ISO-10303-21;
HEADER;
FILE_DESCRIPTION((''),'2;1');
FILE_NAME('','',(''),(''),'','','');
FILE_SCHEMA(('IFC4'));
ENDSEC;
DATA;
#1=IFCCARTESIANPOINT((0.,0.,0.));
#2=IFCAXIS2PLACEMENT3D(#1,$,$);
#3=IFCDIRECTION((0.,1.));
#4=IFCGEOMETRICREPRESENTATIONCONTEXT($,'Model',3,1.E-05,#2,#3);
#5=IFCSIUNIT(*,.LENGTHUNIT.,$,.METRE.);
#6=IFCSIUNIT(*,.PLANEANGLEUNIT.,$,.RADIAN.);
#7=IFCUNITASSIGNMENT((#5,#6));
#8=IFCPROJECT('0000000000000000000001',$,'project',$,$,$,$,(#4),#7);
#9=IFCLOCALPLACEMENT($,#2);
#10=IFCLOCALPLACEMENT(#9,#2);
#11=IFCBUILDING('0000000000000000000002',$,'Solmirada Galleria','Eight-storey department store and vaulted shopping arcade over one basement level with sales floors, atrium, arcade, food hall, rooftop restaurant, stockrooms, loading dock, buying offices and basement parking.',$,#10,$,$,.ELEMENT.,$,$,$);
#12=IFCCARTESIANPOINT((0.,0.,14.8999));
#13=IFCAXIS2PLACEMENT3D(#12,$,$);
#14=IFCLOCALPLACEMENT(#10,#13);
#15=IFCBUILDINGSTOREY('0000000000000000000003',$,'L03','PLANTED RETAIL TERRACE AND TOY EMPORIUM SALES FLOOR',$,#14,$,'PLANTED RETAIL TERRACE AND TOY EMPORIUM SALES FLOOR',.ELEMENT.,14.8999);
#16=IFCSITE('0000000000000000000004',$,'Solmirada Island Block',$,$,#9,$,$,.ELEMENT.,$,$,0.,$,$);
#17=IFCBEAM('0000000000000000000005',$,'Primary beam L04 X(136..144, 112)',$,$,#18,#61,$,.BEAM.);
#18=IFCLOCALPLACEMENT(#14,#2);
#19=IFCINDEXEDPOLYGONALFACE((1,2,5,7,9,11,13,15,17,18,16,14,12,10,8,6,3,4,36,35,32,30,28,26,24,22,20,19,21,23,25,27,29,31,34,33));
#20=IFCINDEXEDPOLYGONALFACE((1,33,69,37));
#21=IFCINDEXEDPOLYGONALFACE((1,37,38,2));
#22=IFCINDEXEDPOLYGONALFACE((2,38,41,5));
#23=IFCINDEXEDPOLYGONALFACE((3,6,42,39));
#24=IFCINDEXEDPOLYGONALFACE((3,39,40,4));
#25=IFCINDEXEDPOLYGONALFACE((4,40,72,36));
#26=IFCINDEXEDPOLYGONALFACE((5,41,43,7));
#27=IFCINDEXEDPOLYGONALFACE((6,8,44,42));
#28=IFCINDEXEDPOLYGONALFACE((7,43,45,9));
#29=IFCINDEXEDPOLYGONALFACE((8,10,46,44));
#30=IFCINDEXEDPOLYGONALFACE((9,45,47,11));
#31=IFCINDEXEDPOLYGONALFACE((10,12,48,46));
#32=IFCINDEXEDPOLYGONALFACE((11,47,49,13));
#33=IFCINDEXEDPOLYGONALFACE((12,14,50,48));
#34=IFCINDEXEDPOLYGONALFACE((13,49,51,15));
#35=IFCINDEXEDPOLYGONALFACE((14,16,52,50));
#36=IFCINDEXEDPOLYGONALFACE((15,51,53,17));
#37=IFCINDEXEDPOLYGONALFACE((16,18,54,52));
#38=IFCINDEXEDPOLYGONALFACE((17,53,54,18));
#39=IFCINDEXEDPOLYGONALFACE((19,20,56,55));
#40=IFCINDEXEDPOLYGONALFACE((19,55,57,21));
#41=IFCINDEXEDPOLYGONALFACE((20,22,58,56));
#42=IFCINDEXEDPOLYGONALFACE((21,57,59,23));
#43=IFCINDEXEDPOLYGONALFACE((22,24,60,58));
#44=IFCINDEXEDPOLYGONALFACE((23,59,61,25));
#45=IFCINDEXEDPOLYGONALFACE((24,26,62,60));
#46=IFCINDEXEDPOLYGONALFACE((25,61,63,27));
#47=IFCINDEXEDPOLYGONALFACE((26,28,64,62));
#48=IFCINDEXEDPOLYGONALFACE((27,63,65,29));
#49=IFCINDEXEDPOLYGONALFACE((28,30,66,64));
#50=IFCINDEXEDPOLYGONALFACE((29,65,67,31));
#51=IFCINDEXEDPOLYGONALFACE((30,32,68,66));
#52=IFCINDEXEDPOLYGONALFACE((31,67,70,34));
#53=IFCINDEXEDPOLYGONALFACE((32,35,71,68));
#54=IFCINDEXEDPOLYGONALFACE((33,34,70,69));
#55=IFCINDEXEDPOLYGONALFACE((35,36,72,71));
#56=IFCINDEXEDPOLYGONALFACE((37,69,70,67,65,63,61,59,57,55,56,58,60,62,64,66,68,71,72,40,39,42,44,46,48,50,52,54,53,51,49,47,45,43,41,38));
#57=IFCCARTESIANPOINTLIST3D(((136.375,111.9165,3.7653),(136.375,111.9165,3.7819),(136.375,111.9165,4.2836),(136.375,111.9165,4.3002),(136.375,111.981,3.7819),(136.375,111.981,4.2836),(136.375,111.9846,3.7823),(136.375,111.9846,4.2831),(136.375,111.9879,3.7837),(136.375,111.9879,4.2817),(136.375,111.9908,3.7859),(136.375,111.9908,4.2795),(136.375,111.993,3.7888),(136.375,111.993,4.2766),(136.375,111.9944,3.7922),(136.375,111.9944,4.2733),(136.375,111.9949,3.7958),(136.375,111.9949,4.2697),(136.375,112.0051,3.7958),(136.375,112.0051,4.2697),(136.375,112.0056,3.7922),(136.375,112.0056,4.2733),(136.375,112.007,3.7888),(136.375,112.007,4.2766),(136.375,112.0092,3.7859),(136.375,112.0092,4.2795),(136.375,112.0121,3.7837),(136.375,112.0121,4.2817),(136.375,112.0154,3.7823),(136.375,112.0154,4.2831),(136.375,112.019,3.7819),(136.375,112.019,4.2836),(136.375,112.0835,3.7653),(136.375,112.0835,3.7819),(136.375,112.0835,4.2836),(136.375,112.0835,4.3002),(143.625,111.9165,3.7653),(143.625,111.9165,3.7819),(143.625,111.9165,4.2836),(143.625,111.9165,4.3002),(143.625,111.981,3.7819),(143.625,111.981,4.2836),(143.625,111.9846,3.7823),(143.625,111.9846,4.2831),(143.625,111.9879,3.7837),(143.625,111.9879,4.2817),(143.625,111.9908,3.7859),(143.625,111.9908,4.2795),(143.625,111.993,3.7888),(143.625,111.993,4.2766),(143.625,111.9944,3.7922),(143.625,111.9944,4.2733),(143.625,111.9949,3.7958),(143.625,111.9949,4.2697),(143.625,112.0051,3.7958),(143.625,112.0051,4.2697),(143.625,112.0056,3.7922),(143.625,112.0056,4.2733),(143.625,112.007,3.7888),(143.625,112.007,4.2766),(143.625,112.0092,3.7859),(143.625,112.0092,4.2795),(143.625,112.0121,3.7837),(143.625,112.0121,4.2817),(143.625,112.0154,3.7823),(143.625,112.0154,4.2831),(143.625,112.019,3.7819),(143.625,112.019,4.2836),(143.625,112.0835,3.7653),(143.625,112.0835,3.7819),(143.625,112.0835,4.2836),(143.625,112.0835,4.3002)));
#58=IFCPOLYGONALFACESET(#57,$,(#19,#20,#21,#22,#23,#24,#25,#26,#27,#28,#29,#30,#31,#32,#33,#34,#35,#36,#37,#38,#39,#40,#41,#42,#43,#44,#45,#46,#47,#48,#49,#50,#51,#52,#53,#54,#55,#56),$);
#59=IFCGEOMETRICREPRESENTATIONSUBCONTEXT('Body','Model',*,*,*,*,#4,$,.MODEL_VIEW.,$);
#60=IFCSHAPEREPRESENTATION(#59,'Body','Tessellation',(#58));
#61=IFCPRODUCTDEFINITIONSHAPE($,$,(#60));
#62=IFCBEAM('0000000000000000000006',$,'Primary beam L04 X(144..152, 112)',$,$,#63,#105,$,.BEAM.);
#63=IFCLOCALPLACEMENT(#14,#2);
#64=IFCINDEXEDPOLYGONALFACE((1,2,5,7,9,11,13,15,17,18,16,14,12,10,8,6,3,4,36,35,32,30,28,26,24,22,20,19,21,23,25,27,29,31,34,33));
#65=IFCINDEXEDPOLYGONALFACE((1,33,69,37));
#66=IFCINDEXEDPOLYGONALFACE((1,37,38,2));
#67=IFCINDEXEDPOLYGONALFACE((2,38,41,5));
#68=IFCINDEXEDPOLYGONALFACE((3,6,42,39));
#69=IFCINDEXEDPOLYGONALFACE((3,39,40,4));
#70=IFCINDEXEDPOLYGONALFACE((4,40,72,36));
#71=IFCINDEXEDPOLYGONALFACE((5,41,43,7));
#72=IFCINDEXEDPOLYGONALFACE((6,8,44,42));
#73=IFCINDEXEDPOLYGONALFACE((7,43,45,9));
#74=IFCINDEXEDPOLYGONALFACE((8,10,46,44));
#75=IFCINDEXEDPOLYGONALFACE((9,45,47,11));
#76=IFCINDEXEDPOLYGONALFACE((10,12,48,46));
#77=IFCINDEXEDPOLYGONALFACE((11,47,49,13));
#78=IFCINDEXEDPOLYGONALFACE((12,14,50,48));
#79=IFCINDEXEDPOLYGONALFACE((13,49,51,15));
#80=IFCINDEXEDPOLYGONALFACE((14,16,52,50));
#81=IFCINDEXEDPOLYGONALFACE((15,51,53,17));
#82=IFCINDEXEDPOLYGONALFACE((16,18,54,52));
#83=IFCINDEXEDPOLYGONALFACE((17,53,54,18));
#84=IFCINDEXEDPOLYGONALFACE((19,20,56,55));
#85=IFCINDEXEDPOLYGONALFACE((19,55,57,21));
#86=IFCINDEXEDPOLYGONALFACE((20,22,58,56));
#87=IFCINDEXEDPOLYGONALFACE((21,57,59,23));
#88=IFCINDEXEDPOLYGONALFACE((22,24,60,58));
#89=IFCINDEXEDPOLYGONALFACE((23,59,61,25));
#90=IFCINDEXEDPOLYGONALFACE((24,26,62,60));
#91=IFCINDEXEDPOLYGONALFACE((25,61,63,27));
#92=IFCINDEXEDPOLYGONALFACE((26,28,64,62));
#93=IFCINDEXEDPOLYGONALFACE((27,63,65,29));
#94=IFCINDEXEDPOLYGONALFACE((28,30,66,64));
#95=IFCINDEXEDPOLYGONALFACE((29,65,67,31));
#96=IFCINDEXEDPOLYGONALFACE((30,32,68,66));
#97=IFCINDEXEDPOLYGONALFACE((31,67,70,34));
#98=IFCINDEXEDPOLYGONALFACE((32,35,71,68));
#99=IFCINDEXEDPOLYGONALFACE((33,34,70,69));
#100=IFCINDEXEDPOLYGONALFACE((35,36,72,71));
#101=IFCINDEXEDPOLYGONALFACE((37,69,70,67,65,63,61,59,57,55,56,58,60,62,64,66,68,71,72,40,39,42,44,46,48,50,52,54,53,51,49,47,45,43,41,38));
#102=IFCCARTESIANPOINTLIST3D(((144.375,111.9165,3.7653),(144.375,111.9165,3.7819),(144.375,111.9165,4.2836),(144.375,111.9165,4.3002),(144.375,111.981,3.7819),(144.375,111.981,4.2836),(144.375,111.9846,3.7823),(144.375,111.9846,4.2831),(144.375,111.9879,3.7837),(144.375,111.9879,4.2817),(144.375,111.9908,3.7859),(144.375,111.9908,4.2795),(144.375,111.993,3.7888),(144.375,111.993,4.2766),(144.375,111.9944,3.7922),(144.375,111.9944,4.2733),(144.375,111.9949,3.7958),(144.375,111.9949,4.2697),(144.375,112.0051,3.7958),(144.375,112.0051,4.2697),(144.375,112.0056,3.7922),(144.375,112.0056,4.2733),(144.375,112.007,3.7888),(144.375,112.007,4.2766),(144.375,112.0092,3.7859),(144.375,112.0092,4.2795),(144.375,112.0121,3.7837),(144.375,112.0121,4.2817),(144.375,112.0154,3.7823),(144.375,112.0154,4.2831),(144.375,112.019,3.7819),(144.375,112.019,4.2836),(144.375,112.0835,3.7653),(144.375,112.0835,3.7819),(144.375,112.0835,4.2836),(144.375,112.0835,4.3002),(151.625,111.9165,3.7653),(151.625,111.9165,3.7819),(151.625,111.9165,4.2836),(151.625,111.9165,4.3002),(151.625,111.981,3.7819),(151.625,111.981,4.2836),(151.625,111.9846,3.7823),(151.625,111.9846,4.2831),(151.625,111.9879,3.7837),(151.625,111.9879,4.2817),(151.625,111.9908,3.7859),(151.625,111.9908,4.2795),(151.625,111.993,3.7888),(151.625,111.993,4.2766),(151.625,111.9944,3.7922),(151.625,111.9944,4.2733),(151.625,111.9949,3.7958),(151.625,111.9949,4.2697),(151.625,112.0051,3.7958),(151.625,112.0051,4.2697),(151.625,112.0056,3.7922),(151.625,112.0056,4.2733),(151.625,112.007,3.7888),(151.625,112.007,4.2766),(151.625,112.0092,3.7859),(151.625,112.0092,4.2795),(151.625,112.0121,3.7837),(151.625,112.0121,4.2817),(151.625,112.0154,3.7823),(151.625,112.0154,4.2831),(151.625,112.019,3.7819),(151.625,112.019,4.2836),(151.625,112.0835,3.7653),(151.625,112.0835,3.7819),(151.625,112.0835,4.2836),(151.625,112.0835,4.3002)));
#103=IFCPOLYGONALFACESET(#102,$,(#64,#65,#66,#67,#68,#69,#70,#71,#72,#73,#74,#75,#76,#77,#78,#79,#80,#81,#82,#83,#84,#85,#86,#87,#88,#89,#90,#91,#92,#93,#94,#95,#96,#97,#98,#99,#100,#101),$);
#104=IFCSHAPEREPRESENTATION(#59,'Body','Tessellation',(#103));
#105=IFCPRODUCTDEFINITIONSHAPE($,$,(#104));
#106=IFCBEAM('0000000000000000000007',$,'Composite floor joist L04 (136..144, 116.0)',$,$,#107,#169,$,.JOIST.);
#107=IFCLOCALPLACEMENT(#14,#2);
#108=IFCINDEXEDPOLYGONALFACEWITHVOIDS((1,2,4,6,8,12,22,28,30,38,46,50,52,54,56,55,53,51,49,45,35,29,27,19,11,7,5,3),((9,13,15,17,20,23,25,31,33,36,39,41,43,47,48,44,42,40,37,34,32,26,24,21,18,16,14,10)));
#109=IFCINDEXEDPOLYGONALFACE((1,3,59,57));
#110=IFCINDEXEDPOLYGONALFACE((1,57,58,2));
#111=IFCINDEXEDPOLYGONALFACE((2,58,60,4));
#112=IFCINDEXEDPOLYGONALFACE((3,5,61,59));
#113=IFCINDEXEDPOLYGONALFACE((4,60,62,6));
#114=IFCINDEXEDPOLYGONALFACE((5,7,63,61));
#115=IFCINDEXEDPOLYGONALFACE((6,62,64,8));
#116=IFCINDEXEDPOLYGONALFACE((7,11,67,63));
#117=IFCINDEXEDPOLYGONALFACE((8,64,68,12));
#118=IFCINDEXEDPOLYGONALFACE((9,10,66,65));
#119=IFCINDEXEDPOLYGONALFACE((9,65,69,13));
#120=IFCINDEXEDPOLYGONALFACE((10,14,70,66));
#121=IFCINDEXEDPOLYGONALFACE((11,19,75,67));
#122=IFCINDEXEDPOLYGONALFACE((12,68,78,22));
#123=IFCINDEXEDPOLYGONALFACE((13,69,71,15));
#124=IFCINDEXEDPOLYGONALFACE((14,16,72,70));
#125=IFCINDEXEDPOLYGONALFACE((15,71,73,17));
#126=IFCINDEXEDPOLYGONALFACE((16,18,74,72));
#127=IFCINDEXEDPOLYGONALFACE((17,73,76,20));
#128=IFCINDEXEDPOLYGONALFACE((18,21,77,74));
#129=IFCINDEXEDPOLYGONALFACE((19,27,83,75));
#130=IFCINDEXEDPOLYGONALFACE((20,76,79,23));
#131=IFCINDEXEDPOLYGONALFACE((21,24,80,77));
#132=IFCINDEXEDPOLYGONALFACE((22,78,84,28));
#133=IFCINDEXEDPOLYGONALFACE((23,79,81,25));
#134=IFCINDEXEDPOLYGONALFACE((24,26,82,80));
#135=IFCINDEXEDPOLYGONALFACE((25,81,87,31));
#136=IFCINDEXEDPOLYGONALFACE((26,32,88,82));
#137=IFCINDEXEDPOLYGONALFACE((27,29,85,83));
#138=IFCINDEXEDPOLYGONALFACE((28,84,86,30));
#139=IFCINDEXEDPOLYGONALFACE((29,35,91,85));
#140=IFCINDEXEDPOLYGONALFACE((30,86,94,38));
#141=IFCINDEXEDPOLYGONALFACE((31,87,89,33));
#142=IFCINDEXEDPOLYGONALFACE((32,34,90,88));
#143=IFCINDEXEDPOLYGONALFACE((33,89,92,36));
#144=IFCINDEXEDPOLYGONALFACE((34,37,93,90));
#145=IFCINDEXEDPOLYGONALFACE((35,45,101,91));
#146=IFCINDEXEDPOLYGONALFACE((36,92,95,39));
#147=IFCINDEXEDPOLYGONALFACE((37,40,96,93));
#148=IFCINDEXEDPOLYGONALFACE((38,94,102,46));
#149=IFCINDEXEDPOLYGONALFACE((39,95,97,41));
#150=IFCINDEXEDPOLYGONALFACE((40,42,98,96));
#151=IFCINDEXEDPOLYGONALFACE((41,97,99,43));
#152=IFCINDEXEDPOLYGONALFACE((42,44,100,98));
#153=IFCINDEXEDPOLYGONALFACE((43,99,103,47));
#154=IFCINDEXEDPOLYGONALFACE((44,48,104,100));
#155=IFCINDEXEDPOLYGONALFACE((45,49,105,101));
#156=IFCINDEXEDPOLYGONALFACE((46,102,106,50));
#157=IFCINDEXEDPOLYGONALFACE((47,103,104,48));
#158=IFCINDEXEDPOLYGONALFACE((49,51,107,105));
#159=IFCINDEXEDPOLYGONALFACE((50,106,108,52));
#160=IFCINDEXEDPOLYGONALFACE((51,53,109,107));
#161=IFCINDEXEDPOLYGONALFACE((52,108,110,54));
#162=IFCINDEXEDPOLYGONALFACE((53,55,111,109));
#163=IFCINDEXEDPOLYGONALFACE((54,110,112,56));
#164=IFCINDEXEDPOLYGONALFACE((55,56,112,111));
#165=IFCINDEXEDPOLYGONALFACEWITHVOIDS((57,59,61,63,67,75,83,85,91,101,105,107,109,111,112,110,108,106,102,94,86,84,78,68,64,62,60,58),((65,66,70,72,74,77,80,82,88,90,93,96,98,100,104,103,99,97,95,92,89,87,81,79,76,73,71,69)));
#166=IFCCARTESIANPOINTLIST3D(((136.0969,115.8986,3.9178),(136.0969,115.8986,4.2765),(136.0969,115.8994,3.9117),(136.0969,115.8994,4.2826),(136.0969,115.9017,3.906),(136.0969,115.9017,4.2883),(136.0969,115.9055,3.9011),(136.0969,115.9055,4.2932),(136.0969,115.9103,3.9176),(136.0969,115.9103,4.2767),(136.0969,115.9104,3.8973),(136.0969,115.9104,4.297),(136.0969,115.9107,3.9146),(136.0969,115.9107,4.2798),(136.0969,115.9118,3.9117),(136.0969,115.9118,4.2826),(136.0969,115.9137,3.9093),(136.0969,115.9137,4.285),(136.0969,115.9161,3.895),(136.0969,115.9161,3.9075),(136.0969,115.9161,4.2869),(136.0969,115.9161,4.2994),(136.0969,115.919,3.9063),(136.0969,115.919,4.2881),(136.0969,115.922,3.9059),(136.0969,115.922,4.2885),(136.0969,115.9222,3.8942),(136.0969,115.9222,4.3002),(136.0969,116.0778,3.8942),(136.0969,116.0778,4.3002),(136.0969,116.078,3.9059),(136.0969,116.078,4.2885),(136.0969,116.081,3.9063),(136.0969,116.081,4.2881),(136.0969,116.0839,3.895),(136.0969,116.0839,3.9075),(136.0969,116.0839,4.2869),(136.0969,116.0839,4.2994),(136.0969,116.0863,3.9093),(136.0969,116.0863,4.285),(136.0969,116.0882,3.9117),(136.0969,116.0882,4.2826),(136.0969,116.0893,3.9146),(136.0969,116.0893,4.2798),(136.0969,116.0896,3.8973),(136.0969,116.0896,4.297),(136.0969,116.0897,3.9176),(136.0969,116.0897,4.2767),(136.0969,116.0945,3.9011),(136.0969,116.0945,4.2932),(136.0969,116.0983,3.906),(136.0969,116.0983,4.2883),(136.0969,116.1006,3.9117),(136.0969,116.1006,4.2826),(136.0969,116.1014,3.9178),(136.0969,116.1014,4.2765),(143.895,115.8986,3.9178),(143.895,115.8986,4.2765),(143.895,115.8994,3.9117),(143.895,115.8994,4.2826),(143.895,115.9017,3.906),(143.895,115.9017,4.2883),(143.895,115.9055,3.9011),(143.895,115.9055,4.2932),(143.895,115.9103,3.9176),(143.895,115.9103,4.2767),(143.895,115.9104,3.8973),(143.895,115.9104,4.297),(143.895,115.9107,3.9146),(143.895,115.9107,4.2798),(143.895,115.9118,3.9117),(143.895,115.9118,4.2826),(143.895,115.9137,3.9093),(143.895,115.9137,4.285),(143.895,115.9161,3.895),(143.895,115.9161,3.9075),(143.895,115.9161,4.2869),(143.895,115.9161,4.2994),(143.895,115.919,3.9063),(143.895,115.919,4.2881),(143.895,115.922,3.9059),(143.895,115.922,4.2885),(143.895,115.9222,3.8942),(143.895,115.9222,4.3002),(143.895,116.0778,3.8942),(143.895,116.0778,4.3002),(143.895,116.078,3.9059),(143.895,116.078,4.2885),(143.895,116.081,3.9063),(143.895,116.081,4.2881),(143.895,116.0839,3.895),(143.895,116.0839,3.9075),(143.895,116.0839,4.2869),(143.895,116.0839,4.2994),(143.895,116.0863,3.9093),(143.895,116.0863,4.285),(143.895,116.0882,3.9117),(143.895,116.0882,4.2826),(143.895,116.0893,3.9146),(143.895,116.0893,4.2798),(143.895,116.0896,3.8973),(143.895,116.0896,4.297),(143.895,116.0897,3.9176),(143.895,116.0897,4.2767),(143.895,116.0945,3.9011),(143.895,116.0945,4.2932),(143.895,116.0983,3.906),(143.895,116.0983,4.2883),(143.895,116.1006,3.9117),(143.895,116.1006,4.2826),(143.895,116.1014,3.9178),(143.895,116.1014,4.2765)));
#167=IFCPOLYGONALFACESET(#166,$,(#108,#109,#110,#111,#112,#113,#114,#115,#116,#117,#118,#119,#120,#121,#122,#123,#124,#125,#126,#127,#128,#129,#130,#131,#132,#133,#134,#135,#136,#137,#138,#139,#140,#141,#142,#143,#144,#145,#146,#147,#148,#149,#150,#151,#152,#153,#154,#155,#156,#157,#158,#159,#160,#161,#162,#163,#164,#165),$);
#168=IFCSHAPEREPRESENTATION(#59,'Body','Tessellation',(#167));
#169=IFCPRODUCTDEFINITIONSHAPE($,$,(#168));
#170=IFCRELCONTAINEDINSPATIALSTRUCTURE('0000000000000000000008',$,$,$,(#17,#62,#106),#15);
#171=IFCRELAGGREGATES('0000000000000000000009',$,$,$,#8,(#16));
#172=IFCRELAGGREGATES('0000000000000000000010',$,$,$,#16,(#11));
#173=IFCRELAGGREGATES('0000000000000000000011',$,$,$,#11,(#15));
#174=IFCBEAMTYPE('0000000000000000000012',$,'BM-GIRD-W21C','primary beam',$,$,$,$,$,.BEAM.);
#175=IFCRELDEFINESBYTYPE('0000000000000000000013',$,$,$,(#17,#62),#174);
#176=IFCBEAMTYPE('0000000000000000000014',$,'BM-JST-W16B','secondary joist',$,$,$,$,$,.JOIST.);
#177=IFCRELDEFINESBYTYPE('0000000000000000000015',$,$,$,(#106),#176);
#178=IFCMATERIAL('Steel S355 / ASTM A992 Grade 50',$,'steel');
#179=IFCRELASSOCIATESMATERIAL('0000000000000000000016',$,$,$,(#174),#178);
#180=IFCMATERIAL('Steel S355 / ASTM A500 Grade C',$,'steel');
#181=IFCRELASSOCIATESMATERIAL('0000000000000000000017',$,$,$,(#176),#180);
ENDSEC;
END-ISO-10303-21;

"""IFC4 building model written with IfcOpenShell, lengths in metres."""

from ifc_helpers import new_model, si_unit, direction, frame, origin, origin_2d, place, context, subcontext, project, spatial, hollow_rectangle, i_section, extrude, material, material_profile, profile_set, type_object, element, save


model = new_model("IFC4")

# Units and contexts
model_context = context("Model", 3, precision=1e-05, world=origin(), true_north=direction((0.0, 1.0)))
body_context = subcontext(model_context, "Body", "Model", "MODEL_VIEW")
ifc_project = project(units=[si_unit("LENGTHUNIT", "METRE"), si_unit("PLANEANGLEUNIT", "RADIAN")], contexts=[model_context])

# Site, building, storey
site_placement = place(None, origin())
site = spatial("IfcSite", under=ifc_project, at=site_placement, Name="Solmirada Island Block", CompositionType="ELEMENT", RefElevation=0.0)
building_placement = place(site_placement, origin())
building = spatial("IfcBuilding", under=site, at=building_placement, Name="Solmirada Galleria", Description="Eight-storey department store and vaulted shopping arcade over one basement level with sales floors, atrium, arcade, food hall, rooftop restaurant, stockrooms, loading dock, buying offices and basement parking.", CompositionType="ELEMENT")
storey_placement = place(building_placement, frame((0.0, 0.0, 14.8999)))
storey = spatial("IfcBuildingStorey", under=building, at=storey_placement, Name="L03", Description="PLANTED RETAIL TERRACE AND TOY EMPORIUM SALES FLOOR", LongName="PLANTED RETAIL TERRACE AND TOY EMPORIUM SALES FLOOR", CompositionType="ELEMENT", Elevation=14.8999)

# Shared definitions
ifc_material_1 = material(Name="Steel S355 / ASTM A500 Grade C", Category="steel")

# Beams
ifc_material_2 = material(Name="Steel S355 / ASTM A992 Grade 50", Category="steel")
ifc_material_profile_1 = material_profile(ifc_material_2, i_section(OverallWidth=0.167, OverallDepth=0.5349, WebThickness=0.0103, FlangeThickness=0.0166, FilletRadius=0.0139, at=origin_2d()), Name="W21X57")
ifc_profile_set_1 = profile_set([ifc_material_profile_1], Name="Steel S355 / ASTM A992 Grade 50")
beam_type_1 = type_object("IfcBeamType", Name="BM-GIRD-W21C", Description="primary beam", PredefinedType="BEAM", material=ifc_profile_set_1)
for number, where, z_axis, x_axis, name in (
    (1, (136.375, 112.0, 4.0327), (1.0, 0.0, 0.0), (0.0, 1.0, 0.0), "Primary beam L04 X(136..144, 112)"),
    (2, (144.375, 112.0, 4.0327), (1.0, 0.0, 0.0), (0.0, 1.0, 0.0), "Primary beam L04 X(144..152, 112)"),
):
    element("IfcBeam", number, at=place(storey_placement, frame(where, z_axis=z_axis, x_axis=x_axis)), inside=storey, type_object=beam_type_1, Name=name, PredefinedType="BEAM", context=body_context, shape_type="SweptSolid", body=[
        extrude(i_section(OverallWidth=0.167, OverallDepth=0.5349, WebThickness=0.0103, FlangeThickness=0.0166, FilletRadius=0.0139, at=origin_2d()), origin(), (0.0, 0.0, 1.0), 7.25),
    ])
ifc_material_profile_2 = material_profile(ifc_material_1, hollow_rectangle(XDim=0.2029, YDim=0.406, WallThickness=0.0117, InnerFilletRadius=0.0117, OuterFilletRadius=0.0237, at=origin_2d()), Name="HSS16X8X1/2")
ifc_profile_set_2 = profile_set([ifc_material_profile_2], Name="Steel S355 / ASTM A500 Grade C")
beam_type_2 = type_object("IfcBeamType", Name="BM-JST-W16B", Description="secondary joist", PredefinedType="JOIST", material=ifc_profile_set_2)
for number, where, z_axis, x_axis, name in (
    (3, (136.0969, 116.0, 4.0972), (1.0, 0.0, 0.0), (0.0, 1.0, 0.0), "Composite floor joist L04 (136..144, 116.0)"),
):
    element("IfcBeam", number, at=place(storey_placement, frame(where, z_axis=z_axis, x_axis=x_axis)), inside=storey, type_object=beam_type_2, Name=name, PredefinedType="JOIST", context=body_context, shape_type="SweptSolid", body=[
        extrude(hollow_rectangle(XDim=0.2029, YDim=0.406, WallThickness=0.0117, InnerFilletRadius=0.0117, OuterFilletRadius=0.0237, at=origin_2d()), origin(), (0.0, 0.0, 1.0), 7.7981),
    ])

save(model, "model.ifc")
